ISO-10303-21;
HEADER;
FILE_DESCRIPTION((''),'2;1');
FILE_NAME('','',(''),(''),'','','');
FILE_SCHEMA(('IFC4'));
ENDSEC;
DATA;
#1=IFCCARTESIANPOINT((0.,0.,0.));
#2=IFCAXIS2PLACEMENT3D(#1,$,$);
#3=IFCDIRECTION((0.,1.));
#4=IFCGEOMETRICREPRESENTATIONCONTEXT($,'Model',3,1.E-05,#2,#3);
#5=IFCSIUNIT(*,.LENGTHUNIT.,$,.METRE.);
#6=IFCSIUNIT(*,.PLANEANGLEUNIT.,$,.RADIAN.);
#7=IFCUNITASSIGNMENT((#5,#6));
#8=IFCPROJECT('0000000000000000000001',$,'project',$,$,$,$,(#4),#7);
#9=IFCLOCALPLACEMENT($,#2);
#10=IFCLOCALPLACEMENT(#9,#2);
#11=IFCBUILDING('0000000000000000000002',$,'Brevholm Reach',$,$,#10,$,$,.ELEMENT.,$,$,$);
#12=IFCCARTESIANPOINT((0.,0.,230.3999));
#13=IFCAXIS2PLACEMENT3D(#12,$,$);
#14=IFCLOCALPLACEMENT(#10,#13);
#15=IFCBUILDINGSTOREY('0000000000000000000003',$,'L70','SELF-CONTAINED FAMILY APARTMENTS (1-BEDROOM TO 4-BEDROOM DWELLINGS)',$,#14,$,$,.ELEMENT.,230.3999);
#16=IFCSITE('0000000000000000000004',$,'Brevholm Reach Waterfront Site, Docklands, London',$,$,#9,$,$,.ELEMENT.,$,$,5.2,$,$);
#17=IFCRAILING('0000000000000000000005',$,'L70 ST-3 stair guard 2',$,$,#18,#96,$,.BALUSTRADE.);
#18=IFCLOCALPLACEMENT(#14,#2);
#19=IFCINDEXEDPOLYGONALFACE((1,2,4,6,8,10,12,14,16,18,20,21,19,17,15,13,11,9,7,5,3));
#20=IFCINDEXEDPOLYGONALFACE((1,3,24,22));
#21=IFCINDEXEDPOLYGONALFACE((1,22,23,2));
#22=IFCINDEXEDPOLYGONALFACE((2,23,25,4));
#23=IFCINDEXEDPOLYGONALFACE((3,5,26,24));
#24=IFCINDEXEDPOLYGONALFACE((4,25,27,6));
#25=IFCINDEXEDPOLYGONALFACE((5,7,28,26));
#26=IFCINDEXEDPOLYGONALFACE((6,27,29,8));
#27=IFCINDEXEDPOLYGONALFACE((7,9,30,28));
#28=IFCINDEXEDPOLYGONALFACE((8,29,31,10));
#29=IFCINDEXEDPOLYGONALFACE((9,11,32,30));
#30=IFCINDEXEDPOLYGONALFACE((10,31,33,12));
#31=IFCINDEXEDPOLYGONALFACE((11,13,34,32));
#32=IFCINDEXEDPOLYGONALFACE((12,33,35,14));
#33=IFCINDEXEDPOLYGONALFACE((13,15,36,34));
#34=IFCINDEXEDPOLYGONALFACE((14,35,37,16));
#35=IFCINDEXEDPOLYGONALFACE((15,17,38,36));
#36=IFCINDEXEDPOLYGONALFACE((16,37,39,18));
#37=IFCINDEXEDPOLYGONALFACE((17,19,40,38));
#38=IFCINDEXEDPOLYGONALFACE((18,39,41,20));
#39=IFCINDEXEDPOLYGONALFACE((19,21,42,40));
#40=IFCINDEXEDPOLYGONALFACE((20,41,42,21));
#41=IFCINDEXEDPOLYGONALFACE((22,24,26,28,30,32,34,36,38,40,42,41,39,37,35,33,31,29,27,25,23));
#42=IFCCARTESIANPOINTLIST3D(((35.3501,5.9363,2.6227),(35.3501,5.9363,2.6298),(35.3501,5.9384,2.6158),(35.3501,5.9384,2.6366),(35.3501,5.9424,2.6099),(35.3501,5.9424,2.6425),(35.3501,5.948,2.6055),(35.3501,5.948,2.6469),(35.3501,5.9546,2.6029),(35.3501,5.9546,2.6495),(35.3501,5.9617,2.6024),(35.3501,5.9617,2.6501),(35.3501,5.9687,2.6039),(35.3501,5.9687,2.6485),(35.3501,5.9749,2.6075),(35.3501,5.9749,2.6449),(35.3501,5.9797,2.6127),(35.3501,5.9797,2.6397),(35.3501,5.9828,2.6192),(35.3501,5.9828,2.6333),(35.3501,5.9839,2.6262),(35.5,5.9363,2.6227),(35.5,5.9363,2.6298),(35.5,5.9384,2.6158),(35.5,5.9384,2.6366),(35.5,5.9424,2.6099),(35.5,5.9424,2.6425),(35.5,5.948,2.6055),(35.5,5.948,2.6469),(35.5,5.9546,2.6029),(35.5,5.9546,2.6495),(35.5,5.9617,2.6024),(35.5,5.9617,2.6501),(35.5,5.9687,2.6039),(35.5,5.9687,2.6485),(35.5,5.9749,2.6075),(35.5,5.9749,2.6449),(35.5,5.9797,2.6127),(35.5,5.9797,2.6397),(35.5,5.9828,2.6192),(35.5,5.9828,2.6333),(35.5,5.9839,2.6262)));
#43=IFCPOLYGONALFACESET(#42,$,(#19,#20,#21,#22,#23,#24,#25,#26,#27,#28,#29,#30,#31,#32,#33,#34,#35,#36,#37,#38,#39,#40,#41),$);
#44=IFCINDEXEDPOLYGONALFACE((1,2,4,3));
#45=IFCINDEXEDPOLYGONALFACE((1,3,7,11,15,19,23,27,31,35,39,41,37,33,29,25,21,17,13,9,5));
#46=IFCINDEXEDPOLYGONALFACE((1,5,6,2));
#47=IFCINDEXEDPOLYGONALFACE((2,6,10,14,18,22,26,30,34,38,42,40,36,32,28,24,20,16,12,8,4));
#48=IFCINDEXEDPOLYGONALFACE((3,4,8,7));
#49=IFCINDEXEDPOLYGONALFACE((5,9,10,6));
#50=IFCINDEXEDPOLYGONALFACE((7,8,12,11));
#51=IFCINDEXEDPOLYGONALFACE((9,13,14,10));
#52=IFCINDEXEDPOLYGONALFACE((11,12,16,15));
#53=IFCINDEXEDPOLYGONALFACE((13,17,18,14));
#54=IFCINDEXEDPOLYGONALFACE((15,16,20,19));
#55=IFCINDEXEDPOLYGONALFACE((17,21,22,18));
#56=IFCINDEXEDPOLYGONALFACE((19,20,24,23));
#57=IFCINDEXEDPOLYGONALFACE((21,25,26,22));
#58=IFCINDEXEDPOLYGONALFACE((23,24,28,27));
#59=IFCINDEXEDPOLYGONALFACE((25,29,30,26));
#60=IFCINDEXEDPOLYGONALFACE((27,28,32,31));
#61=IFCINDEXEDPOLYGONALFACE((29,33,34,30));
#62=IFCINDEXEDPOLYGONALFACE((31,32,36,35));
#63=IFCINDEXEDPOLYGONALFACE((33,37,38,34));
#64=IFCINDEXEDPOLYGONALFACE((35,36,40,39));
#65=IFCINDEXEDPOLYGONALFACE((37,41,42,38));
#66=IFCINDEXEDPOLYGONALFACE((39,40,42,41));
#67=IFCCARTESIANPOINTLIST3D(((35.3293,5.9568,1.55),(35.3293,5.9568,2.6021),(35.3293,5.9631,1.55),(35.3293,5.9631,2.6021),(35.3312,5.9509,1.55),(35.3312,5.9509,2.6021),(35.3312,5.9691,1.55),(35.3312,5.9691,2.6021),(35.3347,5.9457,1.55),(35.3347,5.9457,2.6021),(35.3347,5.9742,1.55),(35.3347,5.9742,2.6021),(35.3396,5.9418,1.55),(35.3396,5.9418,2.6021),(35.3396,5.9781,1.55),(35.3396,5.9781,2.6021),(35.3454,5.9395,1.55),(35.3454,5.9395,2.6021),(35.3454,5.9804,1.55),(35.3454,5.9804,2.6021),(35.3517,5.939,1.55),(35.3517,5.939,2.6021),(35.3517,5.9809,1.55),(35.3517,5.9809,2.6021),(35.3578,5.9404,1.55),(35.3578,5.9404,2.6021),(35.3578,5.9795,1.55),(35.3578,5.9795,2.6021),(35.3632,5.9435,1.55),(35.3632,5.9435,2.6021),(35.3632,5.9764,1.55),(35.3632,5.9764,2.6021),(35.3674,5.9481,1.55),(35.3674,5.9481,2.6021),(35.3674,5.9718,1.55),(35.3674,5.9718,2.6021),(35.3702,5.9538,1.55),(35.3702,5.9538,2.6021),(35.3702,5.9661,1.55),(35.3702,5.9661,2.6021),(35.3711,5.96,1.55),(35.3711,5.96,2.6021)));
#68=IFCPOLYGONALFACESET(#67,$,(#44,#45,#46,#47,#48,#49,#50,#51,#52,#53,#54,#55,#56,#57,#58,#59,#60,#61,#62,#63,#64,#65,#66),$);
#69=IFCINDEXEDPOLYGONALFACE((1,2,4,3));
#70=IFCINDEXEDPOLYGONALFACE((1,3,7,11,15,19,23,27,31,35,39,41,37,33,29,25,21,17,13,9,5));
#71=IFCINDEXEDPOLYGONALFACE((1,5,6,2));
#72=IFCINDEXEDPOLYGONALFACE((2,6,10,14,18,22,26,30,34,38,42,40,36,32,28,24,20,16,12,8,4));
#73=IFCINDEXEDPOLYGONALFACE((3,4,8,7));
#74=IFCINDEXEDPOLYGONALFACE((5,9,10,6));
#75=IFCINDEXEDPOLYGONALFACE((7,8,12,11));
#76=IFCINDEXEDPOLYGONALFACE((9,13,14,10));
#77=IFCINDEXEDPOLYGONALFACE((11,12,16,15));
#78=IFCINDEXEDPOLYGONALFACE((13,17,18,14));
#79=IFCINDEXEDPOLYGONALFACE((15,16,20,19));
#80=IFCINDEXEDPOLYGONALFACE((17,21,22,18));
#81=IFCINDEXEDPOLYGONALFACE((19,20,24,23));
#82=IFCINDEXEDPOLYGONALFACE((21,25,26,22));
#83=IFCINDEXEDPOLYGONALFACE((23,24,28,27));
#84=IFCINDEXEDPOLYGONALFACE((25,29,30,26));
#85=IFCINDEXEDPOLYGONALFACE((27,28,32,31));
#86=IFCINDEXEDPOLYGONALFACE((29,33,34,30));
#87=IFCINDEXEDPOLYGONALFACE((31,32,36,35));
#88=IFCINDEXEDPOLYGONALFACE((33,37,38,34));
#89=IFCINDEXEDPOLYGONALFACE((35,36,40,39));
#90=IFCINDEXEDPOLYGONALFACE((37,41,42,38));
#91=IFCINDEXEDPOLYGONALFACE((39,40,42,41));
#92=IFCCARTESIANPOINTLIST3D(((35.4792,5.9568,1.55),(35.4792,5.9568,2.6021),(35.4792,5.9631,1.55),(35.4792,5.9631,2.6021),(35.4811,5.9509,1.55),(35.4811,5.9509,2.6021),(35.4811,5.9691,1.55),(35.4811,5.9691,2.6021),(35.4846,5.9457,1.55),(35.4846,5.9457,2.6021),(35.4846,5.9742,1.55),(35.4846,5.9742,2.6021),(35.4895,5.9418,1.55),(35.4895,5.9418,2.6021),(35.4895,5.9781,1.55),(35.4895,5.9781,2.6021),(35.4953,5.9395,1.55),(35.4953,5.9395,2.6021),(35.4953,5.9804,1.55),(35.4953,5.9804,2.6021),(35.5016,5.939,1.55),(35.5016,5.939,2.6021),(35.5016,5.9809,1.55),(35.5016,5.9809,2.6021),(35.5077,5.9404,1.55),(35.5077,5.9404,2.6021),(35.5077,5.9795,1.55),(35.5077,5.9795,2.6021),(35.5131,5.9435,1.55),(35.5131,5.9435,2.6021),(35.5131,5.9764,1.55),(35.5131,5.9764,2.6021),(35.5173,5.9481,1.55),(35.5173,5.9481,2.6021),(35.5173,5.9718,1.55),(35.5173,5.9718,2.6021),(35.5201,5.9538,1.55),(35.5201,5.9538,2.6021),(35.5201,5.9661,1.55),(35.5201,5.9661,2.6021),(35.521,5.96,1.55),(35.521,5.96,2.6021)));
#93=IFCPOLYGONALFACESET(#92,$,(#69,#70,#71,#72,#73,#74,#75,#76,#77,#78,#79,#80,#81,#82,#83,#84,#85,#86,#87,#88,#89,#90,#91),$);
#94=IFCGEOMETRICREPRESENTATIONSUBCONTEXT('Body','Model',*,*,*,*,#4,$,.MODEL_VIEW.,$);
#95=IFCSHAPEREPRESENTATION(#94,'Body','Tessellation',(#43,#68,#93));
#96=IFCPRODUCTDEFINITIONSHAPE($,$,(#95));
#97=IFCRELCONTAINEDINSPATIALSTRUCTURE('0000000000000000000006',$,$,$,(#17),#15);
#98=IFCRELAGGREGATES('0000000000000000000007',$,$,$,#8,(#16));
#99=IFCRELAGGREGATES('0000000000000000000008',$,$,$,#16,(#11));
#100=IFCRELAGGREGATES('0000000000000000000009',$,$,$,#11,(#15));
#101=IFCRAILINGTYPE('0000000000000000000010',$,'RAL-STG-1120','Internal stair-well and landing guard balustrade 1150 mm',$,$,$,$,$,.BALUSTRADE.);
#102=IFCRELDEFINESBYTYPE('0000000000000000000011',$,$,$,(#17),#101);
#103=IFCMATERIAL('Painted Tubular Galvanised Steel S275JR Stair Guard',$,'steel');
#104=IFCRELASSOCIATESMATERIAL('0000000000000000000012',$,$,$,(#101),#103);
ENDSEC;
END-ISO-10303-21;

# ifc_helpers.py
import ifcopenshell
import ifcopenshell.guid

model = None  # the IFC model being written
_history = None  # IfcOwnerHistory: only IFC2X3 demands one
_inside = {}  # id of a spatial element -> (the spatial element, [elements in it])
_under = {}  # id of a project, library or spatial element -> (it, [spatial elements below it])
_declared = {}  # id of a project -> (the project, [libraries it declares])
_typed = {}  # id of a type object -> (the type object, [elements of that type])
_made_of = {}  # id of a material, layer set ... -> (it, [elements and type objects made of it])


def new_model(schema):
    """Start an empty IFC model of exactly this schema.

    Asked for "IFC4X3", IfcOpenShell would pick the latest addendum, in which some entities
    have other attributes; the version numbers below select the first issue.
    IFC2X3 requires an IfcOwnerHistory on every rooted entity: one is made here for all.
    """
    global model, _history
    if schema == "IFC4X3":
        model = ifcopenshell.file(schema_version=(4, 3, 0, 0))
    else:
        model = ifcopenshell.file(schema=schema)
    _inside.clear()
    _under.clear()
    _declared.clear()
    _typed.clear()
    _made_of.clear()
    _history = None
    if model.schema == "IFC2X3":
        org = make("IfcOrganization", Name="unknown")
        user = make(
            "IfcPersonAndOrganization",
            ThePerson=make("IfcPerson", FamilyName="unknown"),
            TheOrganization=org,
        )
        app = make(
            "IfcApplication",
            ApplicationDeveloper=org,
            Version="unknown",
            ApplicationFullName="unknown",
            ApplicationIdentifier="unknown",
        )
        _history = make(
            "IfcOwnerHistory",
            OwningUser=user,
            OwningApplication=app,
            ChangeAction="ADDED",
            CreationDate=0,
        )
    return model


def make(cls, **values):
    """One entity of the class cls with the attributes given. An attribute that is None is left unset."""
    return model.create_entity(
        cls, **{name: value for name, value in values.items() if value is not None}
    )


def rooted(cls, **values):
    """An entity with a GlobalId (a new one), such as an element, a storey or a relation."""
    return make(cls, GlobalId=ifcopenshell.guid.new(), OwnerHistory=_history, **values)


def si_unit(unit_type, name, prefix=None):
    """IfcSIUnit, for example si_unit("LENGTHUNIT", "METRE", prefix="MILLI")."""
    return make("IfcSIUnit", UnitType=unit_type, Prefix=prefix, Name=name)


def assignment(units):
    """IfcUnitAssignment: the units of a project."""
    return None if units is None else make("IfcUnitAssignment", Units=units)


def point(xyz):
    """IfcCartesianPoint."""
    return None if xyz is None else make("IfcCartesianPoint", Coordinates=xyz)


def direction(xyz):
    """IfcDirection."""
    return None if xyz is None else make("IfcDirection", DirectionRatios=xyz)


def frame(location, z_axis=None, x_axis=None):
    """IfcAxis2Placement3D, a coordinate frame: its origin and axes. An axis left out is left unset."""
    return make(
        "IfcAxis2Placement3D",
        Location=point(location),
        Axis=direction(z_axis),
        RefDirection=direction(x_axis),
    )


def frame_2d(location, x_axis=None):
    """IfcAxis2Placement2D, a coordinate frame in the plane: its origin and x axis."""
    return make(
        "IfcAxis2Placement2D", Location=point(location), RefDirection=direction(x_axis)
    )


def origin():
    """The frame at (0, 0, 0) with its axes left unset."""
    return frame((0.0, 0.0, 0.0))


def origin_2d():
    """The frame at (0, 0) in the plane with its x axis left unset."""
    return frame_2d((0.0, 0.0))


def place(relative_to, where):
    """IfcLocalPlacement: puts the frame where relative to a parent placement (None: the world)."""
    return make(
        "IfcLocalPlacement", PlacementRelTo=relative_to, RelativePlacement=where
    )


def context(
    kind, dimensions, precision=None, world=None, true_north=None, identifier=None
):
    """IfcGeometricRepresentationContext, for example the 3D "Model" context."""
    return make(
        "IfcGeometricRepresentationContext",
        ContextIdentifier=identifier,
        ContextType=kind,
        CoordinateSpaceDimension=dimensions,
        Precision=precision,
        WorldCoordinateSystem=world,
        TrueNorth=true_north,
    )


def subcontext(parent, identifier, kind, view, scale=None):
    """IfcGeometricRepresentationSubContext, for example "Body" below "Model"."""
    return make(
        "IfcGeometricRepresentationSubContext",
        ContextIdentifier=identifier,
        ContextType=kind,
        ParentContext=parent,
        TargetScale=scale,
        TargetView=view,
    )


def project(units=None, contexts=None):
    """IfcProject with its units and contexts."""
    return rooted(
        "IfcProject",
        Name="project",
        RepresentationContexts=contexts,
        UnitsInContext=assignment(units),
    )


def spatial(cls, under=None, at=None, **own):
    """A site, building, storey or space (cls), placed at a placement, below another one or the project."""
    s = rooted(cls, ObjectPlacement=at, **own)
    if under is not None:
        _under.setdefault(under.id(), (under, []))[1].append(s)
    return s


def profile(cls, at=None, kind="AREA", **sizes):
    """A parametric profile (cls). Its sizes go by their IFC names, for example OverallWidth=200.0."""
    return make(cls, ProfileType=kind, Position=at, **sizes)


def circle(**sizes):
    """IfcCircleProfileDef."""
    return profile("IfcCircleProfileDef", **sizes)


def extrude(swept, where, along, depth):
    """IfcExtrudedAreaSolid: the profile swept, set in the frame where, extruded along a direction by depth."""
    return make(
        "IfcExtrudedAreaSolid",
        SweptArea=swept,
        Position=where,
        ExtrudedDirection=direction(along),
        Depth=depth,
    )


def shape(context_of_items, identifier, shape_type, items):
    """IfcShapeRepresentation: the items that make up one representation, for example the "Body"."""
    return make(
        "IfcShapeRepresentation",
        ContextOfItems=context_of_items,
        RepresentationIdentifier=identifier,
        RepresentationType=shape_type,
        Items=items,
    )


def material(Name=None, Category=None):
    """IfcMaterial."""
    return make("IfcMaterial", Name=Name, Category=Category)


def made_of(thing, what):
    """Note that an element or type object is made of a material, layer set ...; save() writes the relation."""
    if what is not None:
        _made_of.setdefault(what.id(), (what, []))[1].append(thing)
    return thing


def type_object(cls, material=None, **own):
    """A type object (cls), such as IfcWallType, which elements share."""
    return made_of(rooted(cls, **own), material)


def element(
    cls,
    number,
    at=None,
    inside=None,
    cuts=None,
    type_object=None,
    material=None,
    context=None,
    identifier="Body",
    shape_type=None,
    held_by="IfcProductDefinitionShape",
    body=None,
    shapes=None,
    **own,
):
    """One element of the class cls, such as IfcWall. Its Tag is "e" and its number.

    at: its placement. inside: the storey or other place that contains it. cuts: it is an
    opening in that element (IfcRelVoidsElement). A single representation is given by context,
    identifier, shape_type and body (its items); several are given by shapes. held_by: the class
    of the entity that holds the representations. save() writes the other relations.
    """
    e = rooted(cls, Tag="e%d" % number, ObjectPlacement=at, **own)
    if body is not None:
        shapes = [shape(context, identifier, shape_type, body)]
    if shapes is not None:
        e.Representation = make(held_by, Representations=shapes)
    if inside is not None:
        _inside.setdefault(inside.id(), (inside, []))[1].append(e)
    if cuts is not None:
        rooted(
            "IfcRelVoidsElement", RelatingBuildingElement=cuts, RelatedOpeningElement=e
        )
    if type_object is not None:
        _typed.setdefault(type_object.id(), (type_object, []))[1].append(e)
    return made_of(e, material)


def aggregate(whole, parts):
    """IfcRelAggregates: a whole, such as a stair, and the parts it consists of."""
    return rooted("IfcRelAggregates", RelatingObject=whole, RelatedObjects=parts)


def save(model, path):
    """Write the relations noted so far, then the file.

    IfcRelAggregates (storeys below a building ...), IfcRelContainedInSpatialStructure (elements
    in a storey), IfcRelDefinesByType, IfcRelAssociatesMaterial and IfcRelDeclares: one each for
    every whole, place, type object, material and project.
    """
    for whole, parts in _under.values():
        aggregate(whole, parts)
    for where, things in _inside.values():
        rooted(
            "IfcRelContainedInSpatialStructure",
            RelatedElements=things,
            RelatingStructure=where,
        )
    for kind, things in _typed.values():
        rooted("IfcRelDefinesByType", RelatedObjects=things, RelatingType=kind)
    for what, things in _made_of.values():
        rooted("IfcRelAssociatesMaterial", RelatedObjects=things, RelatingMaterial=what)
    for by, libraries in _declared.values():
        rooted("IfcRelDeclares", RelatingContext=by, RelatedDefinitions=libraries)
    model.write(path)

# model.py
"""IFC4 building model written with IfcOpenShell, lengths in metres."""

from ifc_helpers import new_model, si_unit, direction, frame, origin, origin_2d, place, context, subcontext, project, spatial, circle, extrude, material, type_object, element, save


model = new_model("IFC4")

# Units and contexts
model_context = context("Model", 3, precision=1e-05, world=origin(), true_north=direction((0.0, 1.0)))
body_context = subcontext(model_context, "Body", "Model", "MODEL_VIEW")
ifc_project = project(units=[si_unit("LENGTHUNIT", "METRE"), si_unit("PLANEANGLEUNIT", "RADIAN")], contexts=[model_context])

# Site, building, storey
site_placement = place(None, origin())
site = spatial("IfcSite", under=ifc_project, at=site_placement, Name="Brevholm Reach Waterfront Site, Docklands, London", CompositionType="ELEMENT", RefElevation=5.2)
building_placement = place(site_placement, origin())
building = spatial("IfcBuilding", under=site, at=building_placement, Name="Brevholm Reach", CompositionType="ELEMENT")
storey_placement = place(building_placement, frame((0.0, 0.0, 230.3999)))
storey = spatial("IfcBuildingStorey", under=building, at=storey_placement, Name="L70", Description="SELF-CONTAINED FAMILY APARTMENTS (1-BEDROOM TO 4-BEDROOM DWELLINGS)", CompositionType="ELEMENT", Elevation=230.3999)

# Railing
ifc_material_1 = material(Name="Painted Tubular Galvanised Steel S275JR Stair Guard", Category="steel")
railing_type_1 = type_object("IfcRailingType", Name="RAL-STG-1120", Description="Internal stair-well and landing guard balustrade 1150 mm", PredefinedType="BALUSTRADE", material=ifc_material_1)
railing_1_placement = place(storey_placement, frame((35.3501, 5.96, 1.55)))
element("IfcRailing", 1, at=railing_1_placement, inside=storey, type_object=railing_type_1, Name="L70 ST-3 stair guard 2", PredefinedType="BALUSTRADE", context=body_context, shape_type="SweptSolid", body=[
    extrude(circle(Radius=0.0239, at=origin_2d()), frame((0.0, 0.0, 1.0762), z_axis=(1.0, 0.0, 0.0), x_axis=(0.0, 1.0, 0.0)), (0.0, 0.0, 1.0), 0.1499),
    extrude(circle(Radius=0.021, at=origin_2d()), origin(), (0.0, 0.0, 1.0), 1.052),
    extrude(circle(Radius=0.021, at=origin_2d()), frame((0.1499, 0.0, 0.0)), (0.0, 0.0, 1.0), 1.052),
])

save(model, "model.ifc")
